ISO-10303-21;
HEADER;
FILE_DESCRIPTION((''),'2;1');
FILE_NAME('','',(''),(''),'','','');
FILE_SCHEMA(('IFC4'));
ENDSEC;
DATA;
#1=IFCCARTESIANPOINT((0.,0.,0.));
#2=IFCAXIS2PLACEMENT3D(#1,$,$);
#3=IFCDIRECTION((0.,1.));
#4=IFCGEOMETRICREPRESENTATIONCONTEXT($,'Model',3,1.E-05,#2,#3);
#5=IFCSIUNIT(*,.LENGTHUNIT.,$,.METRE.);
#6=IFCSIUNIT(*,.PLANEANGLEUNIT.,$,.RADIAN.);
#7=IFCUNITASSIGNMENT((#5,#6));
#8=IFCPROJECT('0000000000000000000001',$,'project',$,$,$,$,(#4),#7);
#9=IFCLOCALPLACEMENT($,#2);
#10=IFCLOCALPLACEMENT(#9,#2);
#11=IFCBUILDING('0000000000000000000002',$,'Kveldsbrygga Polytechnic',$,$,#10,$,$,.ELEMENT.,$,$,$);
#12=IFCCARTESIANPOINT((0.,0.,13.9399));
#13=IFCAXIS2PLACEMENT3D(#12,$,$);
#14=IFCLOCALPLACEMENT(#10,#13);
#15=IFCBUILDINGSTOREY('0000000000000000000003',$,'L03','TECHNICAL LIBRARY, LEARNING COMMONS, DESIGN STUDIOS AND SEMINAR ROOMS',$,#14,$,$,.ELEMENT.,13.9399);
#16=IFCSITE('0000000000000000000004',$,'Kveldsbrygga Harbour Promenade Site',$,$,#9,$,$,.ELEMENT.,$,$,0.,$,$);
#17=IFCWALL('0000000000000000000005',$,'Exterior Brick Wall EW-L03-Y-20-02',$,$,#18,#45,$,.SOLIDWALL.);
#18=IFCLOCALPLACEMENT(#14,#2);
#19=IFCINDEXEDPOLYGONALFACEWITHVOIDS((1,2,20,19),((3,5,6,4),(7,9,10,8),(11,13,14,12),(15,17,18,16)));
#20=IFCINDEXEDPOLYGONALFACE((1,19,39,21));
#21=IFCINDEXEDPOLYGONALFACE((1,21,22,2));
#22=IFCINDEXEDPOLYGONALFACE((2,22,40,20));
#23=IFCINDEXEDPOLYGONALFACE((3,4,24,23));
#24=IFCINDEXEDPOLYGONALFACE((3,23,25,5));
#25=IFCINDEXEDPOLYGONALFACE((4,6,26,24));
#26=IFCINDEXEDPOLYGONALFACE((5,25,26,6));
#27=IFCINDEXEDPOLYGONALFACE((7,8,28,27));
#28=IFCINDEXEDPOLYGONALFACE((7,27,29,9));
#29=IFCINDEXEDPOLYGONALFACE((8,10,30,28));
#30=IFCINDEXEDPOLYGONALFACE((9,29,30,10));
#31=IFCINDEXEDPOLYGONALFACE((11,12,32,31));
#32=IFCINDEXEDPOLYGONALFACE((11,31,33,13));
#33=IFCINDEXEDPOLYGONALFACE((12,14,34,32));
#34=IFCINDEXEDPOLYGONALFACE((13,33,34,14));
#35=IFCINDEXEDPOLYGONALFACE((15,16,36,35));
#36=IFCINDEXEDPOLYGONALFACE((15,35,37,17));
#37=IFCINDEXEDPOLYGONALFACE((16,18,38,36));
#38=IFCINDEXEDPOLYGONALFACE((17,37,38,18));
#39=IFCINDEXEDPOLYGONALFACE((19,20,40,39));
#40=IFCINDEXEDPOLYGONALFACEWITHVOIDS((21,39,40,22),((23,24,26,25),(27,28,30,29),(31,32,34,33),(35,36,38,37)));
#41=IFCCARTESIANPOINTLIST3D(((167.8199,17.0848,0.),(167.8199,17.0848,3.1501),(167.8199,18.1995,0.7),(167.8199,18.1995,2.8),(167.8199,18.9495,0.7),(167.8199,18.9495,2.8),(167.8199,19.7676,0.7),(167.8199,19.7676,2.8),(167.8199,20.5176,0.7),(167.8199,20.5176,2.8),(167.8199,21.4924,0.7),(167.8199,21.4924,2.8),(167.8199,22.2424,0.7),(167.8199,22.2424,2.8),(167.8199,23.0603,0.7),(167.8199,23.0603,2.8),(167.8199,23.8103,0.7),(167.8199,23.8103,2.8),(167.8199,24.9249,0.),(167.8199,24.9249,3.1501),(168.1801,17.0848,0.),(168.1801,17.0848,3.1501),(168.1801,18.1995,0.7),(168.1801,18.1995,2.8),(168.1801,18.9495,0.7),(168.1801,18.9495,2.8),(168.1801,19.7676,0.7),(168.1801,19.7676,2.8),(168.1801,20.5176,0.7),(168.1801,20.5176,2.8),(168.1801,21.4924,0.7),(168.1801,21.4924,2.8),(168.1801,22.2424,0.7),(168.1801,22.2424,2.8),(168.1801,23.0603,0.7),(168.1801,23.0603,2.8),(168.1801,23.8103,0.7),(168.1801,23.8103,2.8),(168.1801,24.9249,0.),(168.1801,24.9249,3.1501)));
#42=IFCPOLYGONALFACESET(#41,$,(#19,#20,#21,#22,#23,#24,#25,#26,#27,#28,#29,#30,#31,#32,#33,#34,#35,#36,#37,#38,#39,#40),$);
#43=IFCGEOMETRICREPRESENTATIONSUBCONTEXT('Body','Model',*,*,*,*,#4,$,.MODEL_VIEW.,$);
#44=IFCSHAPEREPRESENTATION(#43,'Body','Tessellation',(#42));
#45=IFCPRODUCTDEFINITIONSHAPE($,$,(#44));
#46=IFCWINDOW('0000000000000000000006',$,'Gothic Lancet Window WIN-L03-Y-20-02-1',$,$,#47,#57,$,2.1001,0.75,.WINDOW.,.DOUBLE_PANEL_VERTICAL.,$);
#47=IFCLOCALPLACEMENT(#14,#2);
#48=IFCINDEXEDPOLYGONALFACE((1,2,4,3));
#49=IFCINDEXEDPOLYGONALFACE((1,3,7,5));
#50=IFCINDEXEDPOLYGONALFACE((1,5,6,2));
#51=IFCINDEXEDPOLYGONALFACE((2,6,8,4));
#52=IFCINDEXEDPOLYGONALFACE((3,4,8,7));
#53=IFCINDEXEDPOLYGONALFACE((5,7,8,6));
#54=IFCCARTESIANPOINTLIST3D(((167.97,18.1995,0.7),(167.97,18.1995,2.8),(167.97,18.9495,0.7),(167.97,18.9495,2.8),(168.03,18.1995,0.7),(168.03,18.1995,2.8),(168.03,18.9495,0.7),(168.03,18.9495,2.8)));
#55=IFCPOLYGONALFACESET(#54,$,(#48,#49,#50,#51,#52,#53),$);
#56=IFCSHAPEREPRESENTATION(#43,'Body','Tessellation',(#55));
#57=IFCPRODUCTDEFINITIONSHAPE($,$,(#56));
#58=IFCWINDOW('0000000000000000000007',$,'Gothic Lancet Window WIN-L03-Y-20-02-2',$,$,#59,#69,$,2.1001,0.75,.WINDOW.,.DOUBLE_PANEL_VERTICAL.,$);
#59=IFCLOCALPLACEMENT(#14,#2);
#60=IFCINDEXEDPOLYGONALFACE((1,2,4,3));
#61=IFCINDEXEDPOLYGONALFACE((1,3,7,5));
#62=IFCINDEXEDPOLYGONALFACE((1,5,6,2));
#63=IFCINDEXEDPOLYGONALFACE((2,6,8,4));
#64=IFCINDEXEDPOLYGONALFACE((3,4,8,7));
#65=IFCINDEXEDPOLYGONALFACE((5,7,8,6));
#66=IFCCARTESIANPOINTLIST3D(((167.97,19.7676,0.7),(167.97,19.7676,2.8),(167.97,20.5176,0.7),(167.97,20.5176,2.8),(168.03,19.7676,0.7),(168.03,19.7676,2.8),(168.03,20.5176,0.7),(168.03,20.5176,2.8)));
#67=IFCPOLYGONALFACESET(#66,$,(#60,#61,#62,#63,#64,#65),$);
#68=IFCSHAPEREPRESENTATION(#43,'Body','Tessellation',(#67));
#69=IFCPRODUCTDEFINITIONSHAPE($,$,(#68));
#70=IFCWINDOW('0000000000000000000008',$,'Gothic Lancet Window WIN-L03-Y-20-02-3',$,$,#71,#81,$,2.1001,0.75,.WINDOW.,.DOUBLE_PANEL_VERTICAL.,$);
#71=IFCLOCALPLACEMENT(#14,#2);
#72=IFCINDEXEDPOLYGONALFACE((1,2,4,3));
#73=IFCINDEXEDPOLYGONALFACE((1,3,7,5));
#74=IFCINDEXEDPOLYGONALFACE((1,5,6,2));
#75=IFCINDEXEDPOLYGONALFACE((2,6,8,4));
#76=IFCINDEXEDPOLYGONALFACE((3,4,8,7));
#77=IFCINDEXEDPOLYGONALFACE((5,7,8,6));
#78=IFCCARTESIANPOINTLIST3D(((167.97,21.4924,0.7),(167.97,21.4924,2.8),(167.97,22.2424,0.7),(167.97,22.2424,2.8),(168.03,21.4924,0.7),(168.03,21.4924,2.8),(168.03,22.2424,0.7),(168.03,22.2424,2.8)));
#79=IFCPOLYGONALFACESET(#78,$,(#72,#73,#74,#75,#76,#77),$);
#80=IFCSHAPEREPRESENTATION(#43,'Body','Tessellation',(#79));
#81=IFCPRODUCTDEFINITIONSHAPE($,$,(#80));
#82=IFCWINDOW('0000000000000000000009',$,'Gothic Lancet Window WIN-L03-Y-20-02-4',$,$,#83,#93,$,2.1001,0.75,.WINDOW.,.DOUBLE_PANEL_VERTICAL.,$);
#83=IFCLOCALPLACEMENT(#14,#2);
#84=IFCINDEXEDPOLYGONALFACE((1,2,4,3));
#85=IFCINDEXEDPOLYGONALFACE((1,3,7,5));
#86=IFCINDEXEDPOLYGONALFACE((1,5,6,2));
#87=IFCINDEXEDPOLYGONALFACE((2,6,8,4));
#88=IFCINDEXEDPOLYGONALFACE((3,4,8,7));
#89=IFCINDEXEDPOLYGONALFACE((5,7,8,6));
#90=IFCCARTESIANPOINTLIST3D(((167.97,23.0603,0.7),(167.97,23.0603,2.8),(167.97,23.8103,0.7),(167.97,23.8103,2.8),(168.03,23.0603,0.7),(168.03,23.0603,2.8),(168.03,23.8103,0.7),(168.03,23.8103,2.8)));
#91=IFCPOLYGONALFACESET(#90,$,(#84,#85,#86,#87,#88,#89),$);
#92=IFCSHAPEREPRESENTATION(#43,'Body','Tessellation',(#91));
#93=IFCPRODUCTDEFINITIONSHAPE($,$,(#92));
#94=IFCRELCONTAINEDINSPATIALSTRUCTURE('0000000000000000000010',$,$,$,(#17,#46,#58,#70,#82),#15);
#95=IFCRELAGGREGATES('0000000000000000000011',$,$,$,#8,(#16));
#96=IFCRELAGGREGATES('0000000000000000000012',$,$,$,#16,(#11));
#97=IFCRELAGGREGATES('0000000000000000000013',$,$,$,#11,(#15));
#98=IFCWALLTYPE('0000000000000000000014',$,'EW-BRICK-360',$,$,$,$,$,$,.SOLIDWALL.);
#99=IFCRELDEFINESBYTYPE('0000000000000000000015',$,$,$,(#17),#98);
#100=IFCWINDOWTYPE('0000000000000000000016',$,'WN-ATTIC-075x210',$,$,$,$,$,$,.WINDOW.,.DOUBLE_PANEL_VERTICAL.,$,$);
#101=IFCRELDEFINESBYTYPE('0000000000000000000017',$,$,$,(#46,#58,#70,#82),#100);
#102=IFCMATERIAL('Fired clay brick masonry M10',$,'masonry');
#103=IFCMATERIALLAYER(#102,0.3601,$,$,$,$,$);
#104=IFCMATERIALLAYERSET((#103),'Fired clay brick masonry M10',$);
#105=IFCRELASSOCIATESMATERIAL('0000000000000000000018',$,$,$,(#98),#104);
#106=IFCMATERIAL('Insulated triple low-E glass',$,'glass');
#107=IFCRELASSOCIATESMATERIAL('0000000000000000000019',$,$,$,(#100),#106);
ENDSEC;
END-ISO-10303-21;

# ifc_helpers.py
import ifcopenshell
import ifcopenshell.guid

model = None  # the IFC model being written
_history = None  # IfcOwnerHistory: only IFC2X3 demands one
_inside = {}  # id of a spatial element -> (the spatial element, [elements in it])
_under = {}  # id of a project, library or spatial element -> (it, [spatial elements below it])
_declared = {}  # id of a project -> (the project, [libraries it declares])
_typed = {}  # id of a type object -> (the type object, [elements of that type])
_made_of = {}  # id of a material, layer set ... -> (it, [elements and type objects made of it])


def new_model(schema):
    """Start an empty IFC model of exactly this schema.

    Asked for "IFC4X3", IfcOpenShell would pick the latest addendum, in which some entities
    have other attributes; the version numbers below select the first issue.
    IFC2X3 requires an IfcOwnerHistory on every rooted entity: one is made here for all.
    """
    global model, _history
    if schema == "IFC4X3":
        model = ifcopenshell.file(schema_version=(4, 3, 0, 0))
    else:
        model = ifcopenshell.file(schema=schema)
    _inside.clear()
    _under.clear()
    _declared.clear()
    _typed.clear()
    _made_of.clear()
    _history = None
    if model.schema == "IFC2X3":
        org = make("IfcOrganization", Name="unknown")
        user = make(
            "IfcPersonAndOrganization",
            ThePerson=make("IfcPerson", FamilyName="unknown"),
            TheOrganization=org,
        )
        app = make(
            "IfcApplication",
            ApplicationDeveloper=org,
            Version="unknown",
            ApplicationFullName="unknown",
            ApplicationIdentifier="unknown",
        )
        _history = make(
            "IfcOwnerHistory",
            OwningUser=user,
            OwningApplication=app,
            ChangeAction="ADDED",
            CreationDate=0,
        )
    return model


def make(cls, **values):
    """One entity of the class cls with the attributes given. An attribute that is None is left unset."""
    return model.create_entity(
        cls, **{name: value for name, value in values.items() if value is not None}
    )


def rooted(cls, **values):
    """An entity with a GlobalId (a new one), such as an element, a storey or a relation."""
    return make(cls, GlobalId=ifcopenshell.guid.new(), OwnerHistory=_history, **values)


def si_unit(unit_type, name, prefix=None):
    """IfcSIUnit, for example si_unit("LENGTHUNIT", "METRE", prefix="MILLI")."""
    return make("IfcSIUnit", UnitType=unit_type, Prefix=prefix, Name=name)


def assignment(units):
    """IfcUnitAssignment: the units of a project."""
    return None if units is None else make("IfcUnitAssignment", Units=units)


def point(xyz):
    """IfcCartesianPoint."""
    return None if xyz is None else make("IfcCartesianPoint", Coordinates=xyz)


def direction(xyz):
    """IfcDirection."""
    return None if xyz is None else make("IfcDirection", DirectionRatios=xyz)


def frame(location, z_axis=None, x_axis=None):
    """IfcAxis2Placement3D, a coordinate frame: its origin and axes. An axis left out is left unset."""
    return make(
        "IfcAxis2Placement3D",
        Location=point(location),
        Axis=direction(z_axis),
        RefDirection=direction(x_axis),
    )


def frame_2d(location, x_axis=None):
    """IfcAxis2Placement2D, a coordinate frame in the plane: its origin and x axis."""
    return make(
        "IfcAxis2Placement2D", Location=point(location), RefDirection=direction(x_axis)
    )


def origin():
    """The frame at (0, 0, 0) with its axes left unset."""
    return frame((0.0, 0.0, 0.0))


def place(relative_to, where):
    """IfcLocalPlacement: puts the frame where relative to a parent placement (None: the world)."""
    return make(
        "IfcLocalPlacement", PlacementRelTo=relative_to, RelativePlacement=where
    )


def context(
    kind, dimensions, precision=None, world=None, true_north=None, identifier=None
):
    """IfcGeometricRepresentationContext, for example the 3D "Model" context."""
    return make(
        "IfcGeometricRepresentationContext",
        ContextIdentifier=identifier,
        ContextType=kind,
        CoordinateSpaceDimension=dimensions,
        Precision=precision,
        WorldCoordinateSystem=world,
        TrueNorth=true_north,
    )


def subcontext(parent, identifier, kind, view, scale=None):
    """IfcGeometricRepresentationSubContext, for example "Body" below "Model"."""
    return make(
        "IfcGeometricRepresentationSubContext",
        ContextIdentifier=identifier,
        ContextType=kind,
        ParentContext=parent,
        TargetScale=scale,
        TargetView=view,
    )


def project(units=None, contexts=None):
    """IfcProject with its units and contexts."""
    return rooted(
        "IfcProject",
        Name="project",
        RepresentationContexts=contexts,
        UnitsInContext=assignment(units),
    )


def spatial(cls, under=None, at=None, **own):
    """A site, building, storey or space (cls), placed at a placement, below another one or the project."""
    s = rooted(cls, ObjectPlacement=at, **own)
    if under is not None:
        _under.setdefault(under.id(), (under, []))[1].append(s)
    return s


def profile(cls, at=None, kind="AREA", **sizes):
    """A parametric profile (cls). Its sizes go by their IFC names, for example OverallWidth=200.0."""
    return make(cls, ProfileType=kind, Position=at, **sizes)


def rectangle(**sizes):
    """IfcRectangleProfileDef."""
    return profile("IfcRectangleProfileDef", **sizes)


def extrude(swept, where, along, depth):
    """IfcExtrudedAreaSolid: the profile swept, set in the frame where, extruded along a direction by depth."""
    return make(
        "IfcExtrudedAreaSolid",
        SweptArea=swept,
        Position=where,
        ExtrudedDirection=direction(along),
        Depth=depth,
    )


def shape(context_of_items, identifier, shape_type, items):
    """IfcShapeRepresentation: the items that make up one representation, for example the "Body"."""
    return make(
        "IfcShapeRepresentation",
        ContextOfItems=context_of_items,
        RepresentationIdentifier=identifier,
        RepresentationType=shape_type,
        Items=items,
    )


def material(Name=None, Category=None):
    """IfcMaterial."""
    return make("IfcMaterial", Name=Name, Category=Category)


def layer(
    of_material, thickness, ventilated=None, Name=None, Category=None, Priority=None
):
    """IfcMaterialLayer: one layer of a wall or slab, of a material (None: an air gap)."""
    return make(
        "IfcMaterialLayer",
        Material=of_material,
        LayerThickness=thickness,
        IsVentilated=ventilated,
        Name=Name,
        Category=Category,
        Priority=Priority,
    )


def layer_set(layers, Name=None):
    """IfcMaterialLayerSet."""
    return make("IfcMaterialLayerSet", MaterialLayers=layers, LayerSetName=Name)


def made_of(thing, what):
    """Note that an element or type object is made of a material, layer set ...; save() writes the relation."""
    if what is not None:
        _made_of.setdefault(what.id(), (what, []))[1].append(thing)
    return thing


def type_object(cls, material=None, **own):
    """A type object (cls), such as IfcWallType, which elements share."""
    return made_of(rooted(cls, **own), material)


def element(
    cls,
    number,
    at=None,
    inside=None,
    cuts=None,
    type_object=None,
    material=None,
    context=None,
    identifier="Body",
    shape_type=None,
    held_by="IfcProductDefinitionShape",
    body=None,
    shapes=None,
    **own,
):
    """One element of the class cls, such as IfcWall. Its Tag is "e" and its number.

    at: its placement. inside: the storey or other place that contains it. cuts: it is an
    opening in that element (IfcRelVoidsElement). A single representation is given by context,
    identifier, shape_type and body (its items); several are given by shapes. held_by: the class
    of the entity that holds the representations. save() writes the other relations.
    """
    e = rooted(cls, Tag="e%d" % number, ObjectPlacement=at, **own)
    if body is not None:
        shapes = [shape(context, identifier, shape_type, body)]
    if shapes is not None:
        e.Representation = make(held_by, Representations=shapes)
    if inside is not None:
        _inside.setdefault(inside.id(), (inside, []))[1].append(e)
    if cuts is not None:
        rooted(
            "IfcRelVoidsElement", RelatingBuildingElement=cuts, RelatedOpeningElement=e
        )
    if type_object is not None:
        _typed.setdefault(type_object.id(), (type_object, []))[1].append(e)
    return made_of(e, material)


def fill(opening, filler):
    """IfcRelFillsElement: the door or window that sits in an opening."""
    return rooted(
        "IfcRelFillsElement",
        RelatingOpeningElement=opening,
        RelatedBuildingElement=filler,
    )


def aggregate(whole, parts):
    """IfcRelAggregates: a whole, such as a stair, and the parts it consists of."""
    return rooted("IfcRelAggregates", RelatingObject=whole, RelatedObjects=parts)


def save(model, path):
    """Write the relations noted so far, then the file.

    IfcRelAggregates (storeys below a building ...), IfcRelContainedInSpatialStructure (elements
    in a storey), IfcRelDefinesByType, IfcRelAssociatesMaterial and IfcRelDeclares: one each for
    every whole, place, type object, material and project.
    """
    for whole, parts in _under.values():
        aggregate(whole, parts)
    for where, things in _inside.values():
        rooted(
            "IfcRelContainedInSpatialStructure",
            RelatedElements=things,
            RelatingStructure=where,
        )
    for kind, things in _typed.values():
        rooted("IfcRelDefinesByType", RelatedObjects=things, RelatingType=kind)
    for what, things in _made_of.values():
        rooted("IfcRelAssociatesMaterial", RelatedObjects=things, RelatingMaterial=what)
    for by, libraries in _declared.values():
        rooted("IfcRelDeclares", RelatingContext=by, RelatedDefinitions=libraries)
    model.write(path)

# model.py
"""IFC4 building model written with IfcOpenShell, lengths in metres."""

from ifc_helpers import new_model, si_unit, direction, frame, frame_2d, origin, place, context, subcontext, project, spatial, rectangle, extrude, material, layer, layer_set, type_object, element, fill, save


model = new_model("IFC4")

# Units and contexts
model_context = context("Model", 3, precision=1e-05, world=origin(), true_north=direction((0.0, 1.0)))
body_context = subcontext(model_context, "Body", "Model", "MODEL_VIEW")
ifc_project = project(units=[si_unit("LENGTHUNIT", "METRE"), si_unit("PLANEANGLEUNIT", "RADIAN")], contexts=[model_context])

# Site, building, storey
site_placement = place(None, origin())
site = spatial("IfcSite", under=ifc_project, at=site_placement, Name="Kveldsbrygga Harbour Promenade Site", CompositionType="ELEMENT", RefElevation=0.0)
building_placement = place(site_placement, origin())
building = spatial("IfcBuilding", under=site, at=building_placement, Name="Kveldsbrygga Polytechnic", CompositionType="ELEMENT")
storey_placement = place(building_placement, frame((0.0, 0.0, 13.9399)))
storey = spatial("IfcBuildingStorey", under=building, at=storey_placement, Name="L03", Description="TECHNICAL LIBRARY, LEARNING COMMONS, DESIGN STUDIOS AND SEMINAR ROOMS", CompositionType="ELEMENT", Elevation=13.9399)

# Wall, openings, windows
ifc_material_1 = material(Name="Fired clay brick masonry M10", Category="masonry")
ifc_layer_1 = layer(ifc_material_1, 0.3601)
ifc_layer_set_1 = layer_set([ifc_layer_1], Name="Fired clay brick masonry M10")
wall_type_1 = type_object("IfcWallType", Name="EW-BRICK-360", PredefinedType="SOLIDWALL", material=ifc_layer_set_1)
wall_1_placement = place(storey_placement, frame((168.0, 17.085, 0.0), z_axis=(0.0, 0.0, 1.0), x_axis=(0.0, 1.0, 0.0)))
wall_1 = element("IfcWall", 1, at=wall_1_placement, inside=storey, type_object=wall_type_1, Name="Exterior Brick Wall EW-L03-Y-20-02", PredefinedType="SOLIDWALL", context=body_context, shape_type="SweptSolid", body=[
    extrude(rectangle(XDim=7.8401, YDim=0.3601, at=frame_2d((3.9199, 0.0))), origin(), (0.0, 0.0, 1.0), 3.1501),
])
opening_1_placement = place(wall_1_placement, frame((1.1145, 0.0, 0.7)))
opening_1 = element("IfcOpeningElement", 2, at=opening_1_placement, cuts=wall_1, PredefinedType="OPENING", context=body_context, shape_type="SweptSolid", body=[
    extrude(rectangle(XDim=0.75, YDim=2.1001, at=frame_2d((0.375, 1.05))), frame((0.0, 0.1899, 0.0), z_axis=(0.0, -1.0, 0.0), x_axis=(1.0, 0.0, 0.0)), (0.0, 0.0, 1.0), 0.3801),
])
opening_2_placement = place(wall_1_placement, frame((2.6826, 0.0, 0.7)))
opening_2 = element("IfcOpeningElement", 3, at=opening_2_placement, cuts=wall_1, PredefinedType="OPENING", context=body_context, shape_type="SweptSolid", body=[
    extrude(rectangle(XDim=0.75, YDim=2.1001, at=frame_2d((0.375, 1.05))), frame((0.0, 0.1899, 0.0), z_axis=(0.0, -1.0, 0.0), x_axis=(1.0, 0.0, 0.0)), (0.0, 0.0, 1.0), 0.3801),
])
opening_3_placement = place(wall_1_placement, frame((4.4075, 0.0, 0.7)))
opening_3 = element("IfcOpeningElement", 4, at=opening_3_placement, cuts=wall_1, PredefinedType="OPENING", context=body_context, shape_type="SweptSolid", body=[
    extrude(rectangle(XDim=0.75, YDim=2.1001, at=frame_2d((0.375, 1.05))), frame((0.0, 0.1899, 0.0), z_axis=(0.0, -1.0, 0.0), x_axis=(1.0, 0.0, 0.0)), (0.0, 0.0, 1.0), 0.3801),
])
opening_4_placement = place(wall_1_placement, frame((5.9753, 0.0, 0.7)))
opening_4 = element("IfcOpeningElement", 5, at=opening_4_placement, cuts=wall_1, PredefinedType="OPENING", context=body_context, shape_type="SweptSolid", body=[
    extrude(rectangle(XDim=0.75, YDim=2.1001, at=frame_2d((0.375, 1.05))), frame((0.0, 0.1899, 0.0), z_axis=(0.0, -1.0, 0.0), x_axis=(1.0, 0.0, 0.0)), (0.0, 0.0, 1.0), 0.3801),
])
ifc_material_2 = material(Name="Insulated triple low-E glass", Category="glass")
window_type = type_object("IfcWindowType", Name="WN-ATTIC-075x210", PartitioningType="DOUBLE_PANEL_VERTICAL", PredefinedType="WINDOW", material=ifc_material_2)
window_1_placement = place(opening_1_placement, origin())
window_1 = element("IfcWindow", 6, at=window_1_placement, inside=storey, type_object=window_type, Name="Gothic Lancet Window WIN-L03-Y-20-02-1", OverallHeight=2.1001, OverallWidth=0.75, PartitioningType="DOUBLE_PANEL_VERTICAL", PredefinedType="WINDOW", context=body_context, shape_type="SweptSolid", body=[
    extrude(rectangle(XDim=0.75, YDim=2.1001, at=frame_2d((0.375, 1.05))), frame((0.0, 0.03, 0.0), z_axis=(0.0, -1.0, 0.0), x_axis=(1.0, 0.0, 0.0)), (0.0, 0.0, 1.0), 0.0601),
])
fill(opening_1, window_1)
window_2_placement = place(opening_2_placement, origin())
window_2 = element("IfcWindow", 7, at=window_2_placement, inside=storey, type_object=window_type, Name="Gothic Lancet Window WIN-L03-Y-20-02-2", OverallHeight=2.1001, OverallWidth=0.75, PartitioningType="DOUBLE_PANEL_VERTICAL", PredefinedType="WINDOW", context=body_context, shape_type="SweptSolid", body=[
    extrude(rectangle(XDim=0.75, YDim=2.1001, at=frame_2d((0.375, 1.05))), frame((0.0, 0.03, 0.0), z_axis=(0.0, -1.0, 0.0), x_axis=(1.0, 0.0, 0.0)), (0.0, 0.0, 1.0), 0.0601),
])
fill(opening_2, window_2)
window_3_placement = place(opening_3_placement, origin())
window_3 = element("IfcWindow", 8, at=window_3_placement, inside=storey, type_object=window_type, Name="Gothic Lancet Window WIN-L03-Y-20-02-3", OverallHeight=2.1001, OverallWidth=0.75, PartitioningType="DOUBLE_PANEL_VERTICAL", PredefinedType="WINDOW", context=body_context, shape_type="SweptSolid", body=[
    extrude(rectangle(XDim=0.75, YDim=2.1001, at=frame_2d((0.375, 1.05))), frame((0.0, 0.03, 0.0), z_axis=(0.0, -1.0, 0.0), x_axis=(1.0, 0.0, 0.0)), (0.0, 0.0, 1.0), 0.0601),
])
fill(opening_3, window_3)
window_4_placement = place(opening_4_placement, origin())
window_4 = element("IfcWindow", 9, at=window_4_placement, inside=storey, type_object=window_type, Name="Gothic Lancet Window WIN-L03-Y-20-02-4", OverallHeight=2.1001, OverallWidth=0.75, PartitioningType="DOUBLE_PANEL_VERTICAL", PredefinedType="WINDOW", context=body_context, shape_type="SweptSolid", body=[
    extrude(rectangle(XDim=0.75, YDim=2.1001, at=frame_2d((0.375, 1.05))), frame((0.0, 0.03, 0.0), z_axis=(0.0, -1.0, 0.0), x_axis=(1.0, 0.0, 0.0)), (0.0, 0.0, 1.0), 0.0601),
])
fill(opening_4, window_4)

save(model, "model.ifc")
